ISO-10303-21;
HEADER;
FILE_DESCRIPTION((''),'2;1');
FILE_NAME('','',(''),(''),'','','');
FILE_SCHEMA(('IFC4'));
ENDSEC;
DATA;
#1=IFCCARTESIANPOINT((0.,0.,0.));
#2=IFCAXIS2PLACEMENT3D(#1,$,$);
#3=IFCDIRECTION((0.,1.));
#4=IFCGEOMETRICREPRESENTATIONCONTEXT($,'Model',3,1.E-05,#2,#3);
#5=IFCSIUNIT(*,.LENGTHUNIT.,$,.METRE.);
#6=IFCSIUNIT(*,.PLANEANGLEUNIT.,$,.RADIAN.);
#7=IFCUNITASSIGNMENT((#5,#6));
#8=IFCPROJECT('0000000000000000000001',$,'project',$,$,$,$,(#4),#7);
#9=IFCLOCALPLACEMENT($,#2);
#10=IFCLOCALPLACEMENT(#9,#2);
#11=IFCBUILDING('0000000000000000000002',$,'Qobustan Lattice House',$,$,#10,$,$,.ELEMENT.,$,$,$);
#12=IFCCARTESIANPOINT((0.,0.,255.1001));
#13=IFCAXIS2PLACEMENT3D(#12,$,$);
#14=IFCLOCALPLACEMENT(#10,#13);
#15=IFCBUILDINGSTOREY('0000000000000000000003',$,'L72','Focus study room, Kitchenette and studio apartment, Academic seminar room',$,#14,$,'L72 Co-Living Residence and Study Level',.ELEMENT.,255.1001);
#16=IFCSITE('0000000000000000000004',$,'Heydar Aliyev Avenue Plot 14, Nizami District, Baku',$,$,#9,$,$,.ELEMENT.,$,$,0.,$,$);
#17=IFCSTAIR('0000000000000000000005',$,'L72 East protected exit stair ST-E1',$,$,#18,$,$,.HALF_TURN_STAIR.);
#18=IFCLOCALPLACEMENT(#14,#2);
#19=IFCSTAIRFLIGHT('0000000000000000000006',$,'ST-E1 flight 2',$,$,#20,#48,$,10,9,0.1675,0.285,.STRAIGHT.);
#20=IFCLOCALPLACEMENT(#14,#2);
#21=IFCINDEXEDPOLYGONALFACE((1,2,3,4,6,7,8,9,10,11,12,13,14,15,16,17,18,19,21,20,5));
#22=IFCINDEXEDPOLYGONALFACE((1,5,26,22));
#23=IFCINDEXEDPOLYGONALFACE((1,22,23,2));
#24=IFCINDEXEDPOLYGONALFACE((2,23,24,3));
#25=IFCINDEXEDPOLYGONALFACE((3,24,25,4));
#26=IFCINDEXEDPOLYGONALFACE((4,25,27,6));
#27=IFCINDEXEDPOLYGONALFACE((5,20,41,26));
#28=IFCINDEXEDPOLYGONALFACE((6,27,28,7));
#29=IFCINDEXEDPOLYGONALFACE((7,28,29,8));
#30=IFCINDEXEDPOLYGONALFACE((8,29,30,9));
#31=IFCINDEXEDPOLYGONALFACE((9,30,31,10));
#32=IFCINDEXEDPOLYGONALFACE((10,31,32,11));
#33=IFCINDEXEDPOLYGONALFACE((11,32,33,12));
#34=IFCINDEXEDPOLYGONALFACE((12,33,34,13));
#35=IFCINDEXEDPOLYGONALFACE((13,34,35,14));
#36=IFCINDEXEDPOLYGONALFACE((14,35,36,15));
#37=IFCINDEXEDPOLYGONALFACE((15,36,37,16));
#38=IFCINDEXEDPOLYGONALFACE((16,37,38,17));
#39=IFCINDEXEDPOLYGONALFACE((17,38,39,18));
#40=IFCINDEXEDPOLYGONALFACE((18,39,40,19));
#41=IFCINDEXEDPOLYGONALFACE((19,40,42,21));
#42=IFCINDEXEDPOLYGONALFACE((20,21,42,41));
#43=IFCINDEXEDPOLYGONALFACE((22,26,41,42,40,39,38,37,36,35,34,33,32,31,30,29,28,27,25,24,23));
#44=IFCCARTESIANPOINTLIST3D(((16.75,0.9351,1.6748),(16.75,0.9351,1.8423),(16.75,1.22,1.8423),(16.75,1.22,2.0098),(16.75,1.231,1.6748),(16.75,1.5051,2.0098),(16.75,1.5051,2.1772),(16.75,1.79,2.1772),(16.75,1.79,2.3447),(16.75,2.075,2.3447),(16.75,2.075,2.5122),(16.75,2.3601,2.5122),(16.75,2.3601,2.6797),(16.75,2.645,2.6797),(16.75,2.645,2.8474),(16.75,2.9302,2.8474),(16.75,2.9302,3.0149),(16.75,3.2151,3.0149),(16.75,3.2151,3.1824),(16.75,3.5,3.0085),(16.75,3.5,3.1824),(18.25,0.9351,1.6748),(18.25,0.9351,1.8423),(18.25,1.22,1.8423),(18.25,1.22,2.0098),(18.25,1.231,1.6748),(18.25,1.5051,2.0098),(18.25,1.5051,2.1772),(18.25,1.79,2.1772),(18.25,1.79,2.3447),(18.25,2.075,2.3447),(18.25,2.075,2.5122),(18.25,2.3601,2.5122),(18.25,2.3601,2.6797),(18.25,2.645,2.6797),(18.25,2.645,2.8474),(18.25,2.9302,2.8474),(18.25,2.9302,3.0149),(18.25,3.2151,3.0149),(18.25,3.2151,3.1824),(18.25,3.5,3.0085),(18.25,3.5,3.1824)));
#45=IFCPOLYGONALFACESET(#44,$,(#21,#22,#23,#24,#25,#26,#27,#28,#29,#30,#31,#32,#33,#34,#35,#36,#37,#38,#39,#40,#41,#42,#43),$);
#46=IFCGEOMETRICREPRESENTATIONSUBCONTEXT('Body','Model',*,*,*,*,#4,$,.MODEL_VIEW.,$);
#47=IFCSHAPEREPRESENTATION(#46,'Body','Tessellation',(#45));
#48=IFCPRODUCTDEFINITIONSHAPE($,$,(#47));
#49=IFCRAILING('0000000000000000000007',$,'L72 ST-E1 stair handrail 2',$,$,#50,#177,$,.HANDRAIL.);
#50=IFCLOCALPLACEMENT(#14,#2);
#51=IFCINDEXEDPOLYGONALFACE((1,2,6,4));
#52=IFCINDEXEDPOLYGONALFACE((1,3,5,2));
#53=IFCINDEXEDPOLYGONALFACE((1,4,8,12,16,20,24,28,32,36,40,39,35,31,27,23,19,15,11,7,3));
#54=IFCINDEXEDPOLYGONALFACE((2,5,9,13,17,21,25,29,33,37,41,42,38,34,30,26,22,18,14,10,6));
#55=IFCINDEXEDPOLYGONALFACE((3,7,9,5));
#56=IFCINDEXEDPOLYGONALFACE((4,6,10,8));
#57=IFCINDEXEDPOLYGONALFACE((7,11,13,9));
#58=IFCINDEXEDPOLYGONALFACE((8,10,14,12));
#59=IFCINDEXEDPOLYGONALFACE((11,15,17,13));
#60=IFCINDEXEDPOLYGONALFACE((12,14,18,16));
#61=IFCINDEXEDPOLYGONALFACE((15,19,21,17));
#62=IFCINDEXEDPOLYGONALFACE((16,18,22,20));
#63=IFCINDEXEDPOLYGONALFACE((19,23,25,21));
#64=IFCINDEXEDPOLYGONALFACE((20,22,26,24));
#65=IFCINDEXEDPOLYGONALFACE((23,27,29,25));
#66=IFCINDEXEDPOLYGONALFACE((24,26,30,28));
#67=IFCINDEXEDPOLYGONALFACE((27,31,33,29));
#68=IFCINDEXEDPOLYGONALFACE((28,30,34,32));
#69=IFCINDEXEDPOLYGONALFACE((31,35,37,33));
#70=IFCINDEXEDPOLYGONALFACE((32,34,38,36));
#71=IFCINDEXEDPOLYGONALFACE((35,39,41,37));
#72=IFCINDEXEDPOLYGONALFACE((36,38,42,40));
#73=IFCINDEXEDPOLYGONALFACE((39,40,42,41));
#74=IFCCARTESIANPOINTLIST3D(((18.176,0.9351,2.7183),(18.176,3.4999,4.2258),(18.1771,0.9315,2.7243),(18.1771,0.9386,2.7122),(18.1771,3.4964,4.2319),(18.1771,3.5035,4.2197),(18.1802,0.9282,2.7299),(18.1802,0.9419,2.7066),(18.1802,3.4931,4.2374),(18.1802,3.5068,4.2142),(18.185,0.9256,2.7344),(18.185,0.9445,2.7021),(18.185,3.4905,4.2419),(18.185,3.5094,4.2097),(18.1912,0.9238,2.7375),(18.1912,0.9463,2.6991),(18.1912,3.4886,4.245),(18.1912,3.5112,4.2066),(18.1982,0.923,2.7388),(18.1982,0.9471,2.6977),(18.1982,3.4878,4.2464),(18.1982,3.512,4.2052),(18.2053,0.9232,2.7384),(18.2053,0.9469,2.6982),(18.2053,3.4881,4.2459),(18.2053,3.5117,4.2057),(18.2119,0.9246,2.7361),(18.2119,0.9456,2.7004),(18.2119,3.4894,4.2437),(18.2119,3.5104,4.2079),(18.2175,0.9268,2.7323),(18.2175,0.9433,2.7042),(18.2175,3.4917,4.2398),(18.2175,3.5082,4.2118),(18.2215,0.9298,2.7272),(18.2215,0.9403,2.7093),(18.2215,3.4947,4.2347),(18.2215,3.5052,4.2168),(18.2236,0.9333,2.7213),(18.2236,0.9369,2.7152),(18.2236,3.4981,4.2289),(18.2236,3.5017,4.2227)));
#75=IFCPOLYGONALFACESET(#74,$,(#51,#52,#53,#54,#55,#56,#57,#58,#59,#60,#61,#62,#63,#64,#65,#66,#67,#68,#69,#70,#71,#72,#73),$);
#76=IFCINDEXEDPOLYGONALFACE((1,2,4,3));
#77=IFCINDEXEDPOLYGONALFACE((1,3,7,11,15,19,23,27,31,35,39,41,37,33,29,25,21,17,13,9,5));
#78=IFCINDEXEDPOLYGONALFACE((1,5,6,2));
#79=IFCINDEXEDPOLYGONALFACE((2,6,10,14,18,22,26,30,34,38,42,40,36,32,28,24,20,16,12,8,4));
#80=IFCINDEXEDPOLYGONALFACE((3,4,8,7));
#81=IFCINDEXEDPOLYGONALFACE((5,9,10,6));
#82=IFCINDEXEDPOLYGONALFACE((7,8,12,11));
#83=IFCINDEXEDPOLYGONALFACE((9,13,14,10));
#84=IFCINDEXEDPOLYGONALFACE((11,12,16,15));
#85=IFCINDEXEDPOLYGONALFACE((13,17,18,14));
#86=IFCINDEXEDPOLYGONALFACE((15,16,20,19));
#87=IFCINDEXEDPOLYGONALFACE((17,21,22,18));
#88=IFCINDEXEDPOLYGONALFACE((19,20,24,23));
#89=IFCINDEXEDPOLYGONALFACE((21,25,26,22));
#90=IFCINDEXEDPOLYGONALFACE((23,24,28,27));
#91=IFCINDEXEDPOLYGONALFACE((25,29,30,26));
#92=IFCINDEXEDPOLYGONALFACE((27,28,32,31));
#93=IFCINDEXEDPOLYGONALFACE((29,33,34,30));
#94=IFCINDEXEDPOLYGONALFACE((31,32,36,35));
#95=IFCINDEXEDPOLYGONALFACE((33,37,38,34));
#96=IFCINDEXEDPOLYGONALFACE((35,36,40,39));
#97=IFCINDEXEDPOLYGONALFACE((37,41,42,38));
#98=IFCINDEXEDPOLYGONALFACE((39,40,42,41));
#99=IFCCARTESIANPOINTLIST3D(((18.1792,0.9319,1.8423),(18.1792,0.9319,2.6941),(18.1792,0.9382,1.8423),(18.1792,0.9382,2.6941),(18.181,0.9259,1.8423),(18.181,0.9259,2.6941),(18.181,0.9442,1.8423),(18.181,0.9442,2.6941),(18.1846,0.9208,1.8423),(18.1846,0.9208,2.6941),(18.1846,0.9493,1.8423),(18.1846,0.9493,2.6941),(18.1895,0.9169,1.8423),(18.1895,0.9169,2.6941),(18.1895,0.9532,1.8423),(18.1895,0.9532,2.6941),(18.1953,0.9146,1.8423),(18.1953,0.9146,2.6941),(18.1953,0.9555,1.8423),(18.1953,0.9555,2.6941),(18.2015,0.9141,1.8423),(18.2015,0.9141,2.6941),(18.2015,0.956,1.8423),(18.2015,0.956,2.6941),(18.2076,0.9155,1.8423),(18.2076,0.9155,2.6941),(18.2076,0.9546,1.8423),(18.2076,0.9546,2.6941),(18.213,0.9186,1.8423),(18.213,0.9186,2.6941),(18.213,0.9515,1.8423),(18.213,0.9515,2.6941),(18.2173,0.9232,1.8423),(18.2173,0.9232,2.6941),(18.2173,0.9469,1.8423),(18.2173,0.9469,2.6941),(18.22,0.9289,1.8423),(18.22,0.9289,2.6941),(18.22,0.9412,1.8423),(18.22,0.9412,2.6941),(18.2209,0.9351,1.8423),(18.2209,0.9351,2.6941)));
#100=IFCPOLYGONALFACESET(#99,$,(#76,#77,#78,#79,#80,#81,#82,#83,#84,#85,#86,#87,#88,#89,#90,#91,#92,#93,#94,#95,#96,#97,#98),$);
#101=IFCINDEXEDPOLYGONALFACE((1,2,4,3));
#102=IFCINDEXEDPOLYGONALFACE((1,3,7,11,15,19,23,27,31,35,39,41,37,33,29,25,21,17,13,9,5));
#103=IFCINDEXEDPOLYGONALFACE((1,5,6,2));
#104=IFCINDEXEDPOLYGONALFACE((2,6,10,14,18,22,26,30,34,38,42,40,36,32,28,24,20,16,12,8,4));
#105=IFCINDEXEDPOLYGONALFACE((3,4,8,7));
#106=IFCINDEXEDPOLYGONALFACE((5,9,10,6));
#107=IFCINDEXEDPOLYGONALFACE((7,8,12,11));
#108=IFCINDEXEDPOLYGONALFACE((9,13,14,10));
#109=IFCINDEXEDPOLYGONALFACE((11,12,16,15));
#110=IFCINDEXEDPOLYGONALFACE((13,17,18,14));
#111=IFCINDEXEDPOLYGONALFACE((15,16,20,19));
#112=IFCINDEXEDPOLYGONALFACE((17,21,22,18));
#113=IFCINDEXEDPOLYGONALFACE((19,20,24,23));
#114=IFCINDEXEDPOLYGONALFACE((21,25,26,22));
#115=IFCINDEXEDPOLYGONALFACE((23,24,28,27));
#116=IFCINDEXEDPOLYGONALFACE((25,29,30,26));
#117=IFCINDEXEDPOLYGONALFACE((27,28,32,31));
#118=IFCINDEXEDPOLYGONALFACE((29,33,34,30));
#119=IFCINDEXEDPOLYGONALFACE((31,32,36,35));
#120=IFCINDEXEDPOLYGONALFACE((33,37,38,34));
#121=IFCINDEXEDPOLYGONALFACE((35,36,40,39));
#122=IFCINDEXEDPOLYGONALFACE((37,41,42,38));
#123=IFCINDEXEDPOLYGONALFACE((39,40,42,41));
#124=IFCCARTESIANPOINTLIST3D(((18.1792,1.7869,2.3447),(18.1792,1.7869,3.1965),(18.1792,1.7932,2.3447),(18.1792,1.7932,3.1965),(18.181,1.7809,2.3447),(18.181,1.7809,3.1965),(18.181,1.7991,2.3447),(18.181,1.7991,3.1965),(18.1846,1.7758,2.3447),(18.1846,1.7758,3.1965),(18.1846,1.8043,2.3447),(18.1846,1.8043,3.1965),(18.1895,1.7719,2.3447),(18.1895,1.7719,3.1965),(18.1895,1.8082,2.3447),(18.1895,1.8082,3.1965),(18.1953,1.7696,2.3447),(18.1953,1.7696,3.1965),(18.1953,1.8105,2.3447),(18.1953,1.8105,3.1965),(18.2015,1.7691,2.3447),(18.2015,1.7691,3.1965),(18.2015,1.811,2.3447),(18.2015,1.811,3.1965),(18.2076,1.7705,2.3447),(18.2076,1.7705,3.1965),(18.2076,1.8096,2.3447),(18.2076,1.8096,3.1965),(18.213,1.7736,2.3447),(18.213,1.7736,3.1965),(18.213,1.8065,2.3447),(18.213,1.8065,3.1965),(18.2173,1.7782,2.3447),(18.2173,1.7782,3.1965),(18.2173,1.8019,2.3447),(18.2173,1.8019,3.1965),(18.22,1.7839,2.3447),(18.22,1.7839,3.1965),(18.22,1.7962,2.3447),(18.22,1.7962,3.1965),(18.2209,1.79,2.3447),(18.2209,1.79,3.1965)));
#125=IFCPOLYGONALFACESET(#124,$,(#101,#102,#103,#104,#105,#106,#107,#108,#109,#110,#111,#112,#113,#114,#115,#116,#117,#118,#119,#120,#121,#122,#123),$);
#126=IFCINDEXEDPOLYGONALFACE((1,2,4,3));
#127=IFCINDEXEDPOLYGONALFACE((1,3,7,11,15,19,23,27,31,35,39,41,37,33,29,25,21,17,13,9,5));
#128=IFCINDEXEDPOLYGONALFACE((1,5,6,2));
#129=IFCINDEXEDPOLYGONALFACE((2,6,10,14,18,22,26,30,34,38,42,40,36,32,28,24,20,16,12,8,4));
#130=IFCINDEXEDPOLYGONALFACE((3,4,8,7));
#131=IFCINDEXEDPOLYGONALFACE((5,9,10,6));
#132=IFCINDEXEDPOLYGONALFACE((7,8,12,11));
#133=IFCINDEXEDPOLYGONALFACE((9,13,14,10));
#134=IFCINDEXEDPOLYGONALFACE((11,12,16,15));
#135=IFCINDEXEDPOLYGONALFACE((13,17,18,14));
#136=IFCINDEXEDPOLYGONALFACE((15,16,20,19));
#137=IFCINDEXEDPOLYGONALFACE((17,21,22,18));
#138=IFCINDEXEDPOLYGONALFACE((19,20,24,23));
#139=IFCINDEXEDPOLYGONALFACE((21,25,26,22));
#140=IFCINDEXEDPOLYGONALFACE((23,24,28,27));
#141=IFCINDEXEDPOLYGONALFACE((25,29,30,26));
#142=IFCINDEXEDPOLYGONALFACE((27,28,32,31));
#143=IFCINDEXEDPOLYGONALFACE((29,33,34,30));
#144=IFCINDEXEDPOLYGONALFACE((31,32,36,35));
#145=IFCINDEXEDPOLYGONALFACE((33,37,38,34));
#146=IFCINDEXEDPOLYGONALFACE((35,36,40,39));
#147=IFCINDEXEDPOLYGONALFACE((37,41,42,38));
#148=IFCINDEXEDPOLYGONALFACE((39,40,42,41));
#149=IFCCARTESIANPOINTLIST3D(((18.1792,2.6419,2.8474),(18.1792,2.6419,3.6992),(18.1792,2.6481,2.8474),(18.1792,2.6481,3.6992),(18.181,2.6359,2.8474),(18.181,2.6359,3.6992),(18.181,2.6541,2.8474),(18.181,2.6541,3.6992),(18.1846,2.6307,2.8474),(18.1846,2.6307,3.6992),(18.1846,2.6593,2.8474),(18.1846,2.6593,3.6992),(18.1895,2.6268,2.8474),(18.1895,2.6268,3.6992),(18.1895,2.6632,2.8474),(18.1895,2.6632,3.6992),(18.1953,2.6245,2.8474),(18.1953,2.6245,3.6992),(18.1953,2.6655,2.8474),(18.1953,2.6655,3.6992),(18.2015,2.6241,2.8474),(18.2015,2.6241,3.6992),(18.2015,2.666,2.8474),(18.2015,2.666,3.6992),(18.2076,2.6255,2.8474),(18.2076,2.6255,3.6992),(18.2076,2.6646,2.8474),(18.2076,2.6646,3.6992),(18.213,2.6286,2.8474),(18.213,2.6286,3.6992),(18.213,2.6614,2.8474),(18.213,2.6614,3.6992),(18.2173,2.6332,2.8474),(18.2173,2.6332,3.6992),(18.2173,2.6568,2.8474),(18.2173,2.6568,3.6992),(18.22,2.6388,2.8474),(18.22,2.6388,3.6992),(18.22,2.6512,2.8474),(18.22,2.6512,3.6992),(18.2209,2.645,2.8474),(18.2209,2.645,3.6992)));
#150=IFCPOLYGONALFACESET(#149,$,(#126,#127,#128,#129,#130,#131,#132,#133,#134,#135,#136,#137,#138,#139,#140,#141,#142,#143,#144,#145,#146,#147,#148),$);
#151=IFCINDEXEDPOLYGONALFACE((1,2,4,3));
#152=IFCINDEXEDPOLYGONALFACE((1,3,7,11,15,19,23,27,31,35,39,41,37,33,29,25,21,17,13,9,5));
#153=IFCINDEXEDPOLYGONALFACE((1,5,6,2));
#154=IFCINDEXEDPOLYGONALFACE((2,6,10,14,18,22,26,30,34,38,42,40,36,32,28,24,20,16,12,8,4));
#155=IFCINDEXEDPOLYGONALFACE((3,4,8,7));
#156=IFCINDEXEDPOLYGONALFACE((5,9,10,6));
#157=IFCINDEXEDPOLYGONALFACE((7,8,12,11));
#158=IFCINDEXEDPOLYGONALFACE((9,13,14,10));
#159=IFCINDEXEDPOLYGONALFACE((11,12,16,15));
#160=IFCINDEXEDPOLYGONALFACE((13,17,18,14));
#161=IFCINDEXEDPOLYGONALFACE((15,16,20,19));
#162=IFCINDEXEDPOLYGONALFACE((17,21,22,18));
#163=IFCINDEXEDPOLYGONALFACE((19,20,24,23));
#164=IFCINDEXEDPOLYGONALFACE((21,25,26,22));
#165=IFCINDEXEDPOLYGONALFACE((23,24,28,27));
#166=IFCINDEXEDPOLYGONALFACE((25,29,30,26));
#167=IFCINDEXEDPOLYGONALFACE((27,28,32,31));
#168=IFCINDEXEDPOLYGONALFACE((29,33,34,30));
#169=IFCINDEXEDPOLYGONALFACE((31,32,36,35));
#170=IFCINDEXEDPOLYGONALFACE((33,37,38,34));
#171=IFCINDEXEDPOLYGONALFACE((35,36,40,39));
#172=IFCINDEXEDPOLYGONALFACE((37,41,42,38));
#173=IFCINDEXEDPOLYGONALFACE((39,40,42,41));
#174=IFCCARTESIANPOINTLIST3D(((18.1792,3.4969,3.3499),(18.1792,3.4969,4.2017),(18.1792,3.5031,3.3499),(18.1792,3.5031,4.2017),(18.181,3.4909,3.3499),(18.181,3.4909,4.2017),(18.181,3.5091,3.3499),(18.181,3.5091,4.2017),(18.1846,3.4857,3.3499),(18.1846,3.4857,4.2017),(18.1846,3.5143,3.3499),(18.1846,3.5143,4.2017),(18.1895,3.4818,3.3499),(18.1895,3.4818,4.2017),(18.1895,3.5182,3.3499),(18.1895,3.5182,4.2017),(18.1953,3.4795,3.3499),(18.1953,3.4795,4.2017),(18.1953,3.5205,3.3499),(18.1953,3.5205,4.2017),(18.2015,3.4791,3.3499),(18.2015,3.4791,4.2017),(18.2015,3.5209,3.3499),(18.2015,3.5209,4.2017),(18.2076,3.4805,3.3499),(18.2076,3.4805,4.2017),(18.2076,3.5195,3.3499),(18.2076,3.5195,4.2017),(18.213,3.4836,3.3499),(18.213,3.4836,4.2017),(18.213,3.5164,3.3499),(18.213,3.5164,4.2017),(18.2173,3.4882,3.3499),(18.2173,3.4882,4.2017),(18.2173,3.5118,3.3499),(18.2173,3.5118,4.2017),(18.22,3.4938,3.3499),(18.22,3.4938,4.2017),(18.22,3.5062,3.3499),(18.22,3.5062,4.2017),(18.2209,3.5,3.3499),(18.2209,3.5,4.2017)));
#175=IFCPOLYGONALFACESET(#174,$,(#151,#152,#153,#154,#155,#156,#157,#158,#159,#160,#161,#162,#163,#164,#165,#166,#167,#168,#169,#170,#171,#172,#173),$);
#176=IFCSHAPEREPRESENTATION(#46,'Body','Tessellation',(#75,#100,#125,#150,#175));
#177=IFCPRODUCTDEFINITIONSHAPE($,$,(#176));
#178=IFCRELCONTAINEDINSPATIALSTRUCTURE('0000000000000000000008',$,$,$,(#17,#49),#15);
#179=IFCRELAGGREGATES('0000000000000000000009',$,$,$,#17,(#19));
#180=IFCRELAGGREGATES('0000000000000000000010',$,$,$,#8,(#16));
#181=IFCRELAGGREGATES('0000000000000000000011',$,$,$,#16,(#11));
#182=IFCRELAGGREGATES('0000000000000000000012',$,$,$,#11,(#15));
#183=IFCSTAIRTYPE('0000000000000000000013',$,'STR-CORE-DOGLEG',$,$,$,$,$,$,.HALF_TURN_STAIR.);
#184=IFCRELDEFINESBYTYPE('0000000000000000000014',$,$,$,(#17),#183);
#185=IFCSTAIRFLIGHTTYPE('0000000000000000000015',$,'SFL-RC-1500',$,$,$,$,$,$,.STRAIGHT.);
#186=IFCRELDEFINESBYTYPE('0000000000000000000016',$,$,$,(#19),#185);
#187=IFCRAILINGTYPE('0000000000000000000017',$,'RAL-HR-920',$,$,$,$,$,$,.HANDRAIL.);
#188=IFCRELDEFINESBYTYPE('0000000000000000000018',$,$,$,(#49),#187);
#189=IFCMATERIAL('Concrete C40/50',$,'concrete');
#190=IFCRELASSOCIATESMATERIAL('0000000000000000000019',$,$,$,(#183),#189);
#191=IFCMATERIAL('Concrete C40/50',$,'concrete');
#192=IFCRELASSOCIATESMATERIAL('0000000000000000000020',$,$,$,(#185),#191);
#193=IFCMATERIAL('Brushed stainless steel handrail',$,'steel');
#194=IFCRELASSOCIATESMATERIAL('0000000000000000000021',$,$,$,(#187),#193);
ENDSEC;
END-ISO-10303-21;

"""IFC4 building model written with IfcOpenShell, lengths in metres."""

from ifc_helpers import new_model, si_unit, direction, frame, origin, origin_2d, place, context, subcontext, project, spatial, polyline, circle, outline, extrude, material, type_object, element, aggregate, save


model = new_model("IFC4")

# Units and contexts
model_context = context("Model", 3, precision=1e-05, world=origin(), true_north=direction((0.0, 1.0)))
body_context = subcontext(model_context, "Body", "Model", "MODEL_VIEW")
ifc_project = project(units=[si_unit("LENGTHUNIT", "METRE"), si_unit("PLANEANGLEUNIT", "RADIAN")], contexts=[model_context])

# Site, building, storey
site_placement = place(None, origin())
site = spatial("IfcSite", under=ifc_project, at=site_placement, Name="Heydar Aliyev Avenue Plot 14, Nizami District, Baku", CompositionType="ELEMENT", RefElevation=0.0)
building_placement = place(site_placement, origin())
building = spatial("IfcBuilding", under=site, at=building_placement, Name="Qobustan Lattice House", CompositionType="ELEMENT")
storey_placement = place(building_placement, frame((0.0, 0.0, 255.1001)))
storey = spatial("IfcBuildingStorey", under=building, at=storey_placement, Name="L72", Description="Focus study room, Kitchenette and studio apartment, Academic seminar room", LongName="L72 Co-Living Residence and Study Level", CompositionType="ELEMENT", Elevation=255.1001)

# Stair, stair flight
ifc_material_1 = material(Name="Concrete C40/50", Category="concrete")
stair_type = type_object("IfcStairType", Name="STR-CORE-DOGLEG", PredefinedType="HALF_TURN_STAIR", material=ifc_material_1)
stair_placement = place(storey_placement, origin())
stair = element("IfcStair", 1, at=stair_placement, inside=storey, type_object=stair_type, Name="L72 East protected exit stair ST-E1", PredefinedType="HALF_TURN_STAIR")
ifc_material_2 = material(Name="Concrete C40/50", Category="concrete")
stair_flight_type = type_object("IfcStairFlightType", Name="SFL-RC-1500", PredefinedType="STRAIGHT", material=ifc_material_2)
stair_flight_1_placement = place(storey_placement, frame((17.5, 0.9351, 1.6748), z_axis=(0.0, 0.0, 1.0), x_axis=(0.0, 1.0, 0.0)))
stair_flight_1 = element("IfcStairFlight", 2, at=stair_flight_1_placement, type_object=stair_flight_type, Name="ST-E1 flight 2", NumberOfRisers=10, NumberOfTreads=9, PredefinedType="STRAIGHT", RiserHeight=0.1675, TreadLength=0.285, context=body_context, shape_type="SweptSolid", body=[
    extrude(outline(polyline([(0.0, 0.0), (0.0, 0.1675), (0.2849, 0.1675), (0.2849, 0.335), (0.5701, 0.335), (0.5701, 0.5024), (0.855, 0.5024), (0.855, 0.6699), (1.1399, 0.6699), (1.1399, 0.8374), (1.425, 0.8374), (1.425, 1.0049), (1.71, 1.0049), (1.71, 1.1726), (1.9951, 1.1726), (1.9951, 1.3401), (2.28, 1.3401), (2.28, 1.5076), (2.5649, 1.5076), (2.5649, 1.675), (2.5649, 1.3337), (0.2959, 0.0), (0.0, 0.0)])), frame((0.0, 0.75, 0.0), z_axis=(0.0, -1.0, 0.0), x_axis=(1.0, 0.0, 0.0)), (0.0, 0.0, 1.0), 1.5),
])
aggregate(stair, [stair_flight_1])

# Railing
ifc_material_3 = material(Name="Brushed stainless steel handrail", Category="steel")
railing_type_1 = type_object("IfcRailingType", Name="RAL-HR-920", PredefinedType="HANDRAIL", material=ifc_material_3)
railing_1_placement = place(storey_placement, frame((18.2, 0.9351, 1.8423)))
element("IfcRailing", 3, at=railing_1_placement, inside=storey, type_object=railing_type_1, Name="L72 ST-E1 stair handrail 2", PredefinedType="HANDRAIL", context=body_context, shape_type="SweptSolid", body=[
    extrude(circle(Radius=0.0239, at=origin_2d()), frame((0.0, 0.0, 0.876), z_axis=(0.0, 0.862113, 0.506715), x_axis=(-1.0, 0.0, 0.0)), (0.0, 0.0, 1.0), 2.9751),
    extrude(circle(Radius=0.021, at=origin_2d()), origin(), (0.0, 0.0, 1.0), 0.8518),
    extrude(circle(Radius=0.021, at=origin_2d()), frame((0.0, 0.855, 0.5024)), (0.0, 0.0, 1.0), 0.8518),
    extrude(circle(Radius=0.021, at=origin_2d()), frame((0.0, 1.71, 1.0051)), (0.0, 0.0, 1.0), 0.8518),
    extrude(circle(Radius=0.021, at=origin_2d()), frame((0.0, 2.5649, 1.5076)), (0.0, 0.0, 1.0), 0.8518),
])

save(model, "model.ifc")
